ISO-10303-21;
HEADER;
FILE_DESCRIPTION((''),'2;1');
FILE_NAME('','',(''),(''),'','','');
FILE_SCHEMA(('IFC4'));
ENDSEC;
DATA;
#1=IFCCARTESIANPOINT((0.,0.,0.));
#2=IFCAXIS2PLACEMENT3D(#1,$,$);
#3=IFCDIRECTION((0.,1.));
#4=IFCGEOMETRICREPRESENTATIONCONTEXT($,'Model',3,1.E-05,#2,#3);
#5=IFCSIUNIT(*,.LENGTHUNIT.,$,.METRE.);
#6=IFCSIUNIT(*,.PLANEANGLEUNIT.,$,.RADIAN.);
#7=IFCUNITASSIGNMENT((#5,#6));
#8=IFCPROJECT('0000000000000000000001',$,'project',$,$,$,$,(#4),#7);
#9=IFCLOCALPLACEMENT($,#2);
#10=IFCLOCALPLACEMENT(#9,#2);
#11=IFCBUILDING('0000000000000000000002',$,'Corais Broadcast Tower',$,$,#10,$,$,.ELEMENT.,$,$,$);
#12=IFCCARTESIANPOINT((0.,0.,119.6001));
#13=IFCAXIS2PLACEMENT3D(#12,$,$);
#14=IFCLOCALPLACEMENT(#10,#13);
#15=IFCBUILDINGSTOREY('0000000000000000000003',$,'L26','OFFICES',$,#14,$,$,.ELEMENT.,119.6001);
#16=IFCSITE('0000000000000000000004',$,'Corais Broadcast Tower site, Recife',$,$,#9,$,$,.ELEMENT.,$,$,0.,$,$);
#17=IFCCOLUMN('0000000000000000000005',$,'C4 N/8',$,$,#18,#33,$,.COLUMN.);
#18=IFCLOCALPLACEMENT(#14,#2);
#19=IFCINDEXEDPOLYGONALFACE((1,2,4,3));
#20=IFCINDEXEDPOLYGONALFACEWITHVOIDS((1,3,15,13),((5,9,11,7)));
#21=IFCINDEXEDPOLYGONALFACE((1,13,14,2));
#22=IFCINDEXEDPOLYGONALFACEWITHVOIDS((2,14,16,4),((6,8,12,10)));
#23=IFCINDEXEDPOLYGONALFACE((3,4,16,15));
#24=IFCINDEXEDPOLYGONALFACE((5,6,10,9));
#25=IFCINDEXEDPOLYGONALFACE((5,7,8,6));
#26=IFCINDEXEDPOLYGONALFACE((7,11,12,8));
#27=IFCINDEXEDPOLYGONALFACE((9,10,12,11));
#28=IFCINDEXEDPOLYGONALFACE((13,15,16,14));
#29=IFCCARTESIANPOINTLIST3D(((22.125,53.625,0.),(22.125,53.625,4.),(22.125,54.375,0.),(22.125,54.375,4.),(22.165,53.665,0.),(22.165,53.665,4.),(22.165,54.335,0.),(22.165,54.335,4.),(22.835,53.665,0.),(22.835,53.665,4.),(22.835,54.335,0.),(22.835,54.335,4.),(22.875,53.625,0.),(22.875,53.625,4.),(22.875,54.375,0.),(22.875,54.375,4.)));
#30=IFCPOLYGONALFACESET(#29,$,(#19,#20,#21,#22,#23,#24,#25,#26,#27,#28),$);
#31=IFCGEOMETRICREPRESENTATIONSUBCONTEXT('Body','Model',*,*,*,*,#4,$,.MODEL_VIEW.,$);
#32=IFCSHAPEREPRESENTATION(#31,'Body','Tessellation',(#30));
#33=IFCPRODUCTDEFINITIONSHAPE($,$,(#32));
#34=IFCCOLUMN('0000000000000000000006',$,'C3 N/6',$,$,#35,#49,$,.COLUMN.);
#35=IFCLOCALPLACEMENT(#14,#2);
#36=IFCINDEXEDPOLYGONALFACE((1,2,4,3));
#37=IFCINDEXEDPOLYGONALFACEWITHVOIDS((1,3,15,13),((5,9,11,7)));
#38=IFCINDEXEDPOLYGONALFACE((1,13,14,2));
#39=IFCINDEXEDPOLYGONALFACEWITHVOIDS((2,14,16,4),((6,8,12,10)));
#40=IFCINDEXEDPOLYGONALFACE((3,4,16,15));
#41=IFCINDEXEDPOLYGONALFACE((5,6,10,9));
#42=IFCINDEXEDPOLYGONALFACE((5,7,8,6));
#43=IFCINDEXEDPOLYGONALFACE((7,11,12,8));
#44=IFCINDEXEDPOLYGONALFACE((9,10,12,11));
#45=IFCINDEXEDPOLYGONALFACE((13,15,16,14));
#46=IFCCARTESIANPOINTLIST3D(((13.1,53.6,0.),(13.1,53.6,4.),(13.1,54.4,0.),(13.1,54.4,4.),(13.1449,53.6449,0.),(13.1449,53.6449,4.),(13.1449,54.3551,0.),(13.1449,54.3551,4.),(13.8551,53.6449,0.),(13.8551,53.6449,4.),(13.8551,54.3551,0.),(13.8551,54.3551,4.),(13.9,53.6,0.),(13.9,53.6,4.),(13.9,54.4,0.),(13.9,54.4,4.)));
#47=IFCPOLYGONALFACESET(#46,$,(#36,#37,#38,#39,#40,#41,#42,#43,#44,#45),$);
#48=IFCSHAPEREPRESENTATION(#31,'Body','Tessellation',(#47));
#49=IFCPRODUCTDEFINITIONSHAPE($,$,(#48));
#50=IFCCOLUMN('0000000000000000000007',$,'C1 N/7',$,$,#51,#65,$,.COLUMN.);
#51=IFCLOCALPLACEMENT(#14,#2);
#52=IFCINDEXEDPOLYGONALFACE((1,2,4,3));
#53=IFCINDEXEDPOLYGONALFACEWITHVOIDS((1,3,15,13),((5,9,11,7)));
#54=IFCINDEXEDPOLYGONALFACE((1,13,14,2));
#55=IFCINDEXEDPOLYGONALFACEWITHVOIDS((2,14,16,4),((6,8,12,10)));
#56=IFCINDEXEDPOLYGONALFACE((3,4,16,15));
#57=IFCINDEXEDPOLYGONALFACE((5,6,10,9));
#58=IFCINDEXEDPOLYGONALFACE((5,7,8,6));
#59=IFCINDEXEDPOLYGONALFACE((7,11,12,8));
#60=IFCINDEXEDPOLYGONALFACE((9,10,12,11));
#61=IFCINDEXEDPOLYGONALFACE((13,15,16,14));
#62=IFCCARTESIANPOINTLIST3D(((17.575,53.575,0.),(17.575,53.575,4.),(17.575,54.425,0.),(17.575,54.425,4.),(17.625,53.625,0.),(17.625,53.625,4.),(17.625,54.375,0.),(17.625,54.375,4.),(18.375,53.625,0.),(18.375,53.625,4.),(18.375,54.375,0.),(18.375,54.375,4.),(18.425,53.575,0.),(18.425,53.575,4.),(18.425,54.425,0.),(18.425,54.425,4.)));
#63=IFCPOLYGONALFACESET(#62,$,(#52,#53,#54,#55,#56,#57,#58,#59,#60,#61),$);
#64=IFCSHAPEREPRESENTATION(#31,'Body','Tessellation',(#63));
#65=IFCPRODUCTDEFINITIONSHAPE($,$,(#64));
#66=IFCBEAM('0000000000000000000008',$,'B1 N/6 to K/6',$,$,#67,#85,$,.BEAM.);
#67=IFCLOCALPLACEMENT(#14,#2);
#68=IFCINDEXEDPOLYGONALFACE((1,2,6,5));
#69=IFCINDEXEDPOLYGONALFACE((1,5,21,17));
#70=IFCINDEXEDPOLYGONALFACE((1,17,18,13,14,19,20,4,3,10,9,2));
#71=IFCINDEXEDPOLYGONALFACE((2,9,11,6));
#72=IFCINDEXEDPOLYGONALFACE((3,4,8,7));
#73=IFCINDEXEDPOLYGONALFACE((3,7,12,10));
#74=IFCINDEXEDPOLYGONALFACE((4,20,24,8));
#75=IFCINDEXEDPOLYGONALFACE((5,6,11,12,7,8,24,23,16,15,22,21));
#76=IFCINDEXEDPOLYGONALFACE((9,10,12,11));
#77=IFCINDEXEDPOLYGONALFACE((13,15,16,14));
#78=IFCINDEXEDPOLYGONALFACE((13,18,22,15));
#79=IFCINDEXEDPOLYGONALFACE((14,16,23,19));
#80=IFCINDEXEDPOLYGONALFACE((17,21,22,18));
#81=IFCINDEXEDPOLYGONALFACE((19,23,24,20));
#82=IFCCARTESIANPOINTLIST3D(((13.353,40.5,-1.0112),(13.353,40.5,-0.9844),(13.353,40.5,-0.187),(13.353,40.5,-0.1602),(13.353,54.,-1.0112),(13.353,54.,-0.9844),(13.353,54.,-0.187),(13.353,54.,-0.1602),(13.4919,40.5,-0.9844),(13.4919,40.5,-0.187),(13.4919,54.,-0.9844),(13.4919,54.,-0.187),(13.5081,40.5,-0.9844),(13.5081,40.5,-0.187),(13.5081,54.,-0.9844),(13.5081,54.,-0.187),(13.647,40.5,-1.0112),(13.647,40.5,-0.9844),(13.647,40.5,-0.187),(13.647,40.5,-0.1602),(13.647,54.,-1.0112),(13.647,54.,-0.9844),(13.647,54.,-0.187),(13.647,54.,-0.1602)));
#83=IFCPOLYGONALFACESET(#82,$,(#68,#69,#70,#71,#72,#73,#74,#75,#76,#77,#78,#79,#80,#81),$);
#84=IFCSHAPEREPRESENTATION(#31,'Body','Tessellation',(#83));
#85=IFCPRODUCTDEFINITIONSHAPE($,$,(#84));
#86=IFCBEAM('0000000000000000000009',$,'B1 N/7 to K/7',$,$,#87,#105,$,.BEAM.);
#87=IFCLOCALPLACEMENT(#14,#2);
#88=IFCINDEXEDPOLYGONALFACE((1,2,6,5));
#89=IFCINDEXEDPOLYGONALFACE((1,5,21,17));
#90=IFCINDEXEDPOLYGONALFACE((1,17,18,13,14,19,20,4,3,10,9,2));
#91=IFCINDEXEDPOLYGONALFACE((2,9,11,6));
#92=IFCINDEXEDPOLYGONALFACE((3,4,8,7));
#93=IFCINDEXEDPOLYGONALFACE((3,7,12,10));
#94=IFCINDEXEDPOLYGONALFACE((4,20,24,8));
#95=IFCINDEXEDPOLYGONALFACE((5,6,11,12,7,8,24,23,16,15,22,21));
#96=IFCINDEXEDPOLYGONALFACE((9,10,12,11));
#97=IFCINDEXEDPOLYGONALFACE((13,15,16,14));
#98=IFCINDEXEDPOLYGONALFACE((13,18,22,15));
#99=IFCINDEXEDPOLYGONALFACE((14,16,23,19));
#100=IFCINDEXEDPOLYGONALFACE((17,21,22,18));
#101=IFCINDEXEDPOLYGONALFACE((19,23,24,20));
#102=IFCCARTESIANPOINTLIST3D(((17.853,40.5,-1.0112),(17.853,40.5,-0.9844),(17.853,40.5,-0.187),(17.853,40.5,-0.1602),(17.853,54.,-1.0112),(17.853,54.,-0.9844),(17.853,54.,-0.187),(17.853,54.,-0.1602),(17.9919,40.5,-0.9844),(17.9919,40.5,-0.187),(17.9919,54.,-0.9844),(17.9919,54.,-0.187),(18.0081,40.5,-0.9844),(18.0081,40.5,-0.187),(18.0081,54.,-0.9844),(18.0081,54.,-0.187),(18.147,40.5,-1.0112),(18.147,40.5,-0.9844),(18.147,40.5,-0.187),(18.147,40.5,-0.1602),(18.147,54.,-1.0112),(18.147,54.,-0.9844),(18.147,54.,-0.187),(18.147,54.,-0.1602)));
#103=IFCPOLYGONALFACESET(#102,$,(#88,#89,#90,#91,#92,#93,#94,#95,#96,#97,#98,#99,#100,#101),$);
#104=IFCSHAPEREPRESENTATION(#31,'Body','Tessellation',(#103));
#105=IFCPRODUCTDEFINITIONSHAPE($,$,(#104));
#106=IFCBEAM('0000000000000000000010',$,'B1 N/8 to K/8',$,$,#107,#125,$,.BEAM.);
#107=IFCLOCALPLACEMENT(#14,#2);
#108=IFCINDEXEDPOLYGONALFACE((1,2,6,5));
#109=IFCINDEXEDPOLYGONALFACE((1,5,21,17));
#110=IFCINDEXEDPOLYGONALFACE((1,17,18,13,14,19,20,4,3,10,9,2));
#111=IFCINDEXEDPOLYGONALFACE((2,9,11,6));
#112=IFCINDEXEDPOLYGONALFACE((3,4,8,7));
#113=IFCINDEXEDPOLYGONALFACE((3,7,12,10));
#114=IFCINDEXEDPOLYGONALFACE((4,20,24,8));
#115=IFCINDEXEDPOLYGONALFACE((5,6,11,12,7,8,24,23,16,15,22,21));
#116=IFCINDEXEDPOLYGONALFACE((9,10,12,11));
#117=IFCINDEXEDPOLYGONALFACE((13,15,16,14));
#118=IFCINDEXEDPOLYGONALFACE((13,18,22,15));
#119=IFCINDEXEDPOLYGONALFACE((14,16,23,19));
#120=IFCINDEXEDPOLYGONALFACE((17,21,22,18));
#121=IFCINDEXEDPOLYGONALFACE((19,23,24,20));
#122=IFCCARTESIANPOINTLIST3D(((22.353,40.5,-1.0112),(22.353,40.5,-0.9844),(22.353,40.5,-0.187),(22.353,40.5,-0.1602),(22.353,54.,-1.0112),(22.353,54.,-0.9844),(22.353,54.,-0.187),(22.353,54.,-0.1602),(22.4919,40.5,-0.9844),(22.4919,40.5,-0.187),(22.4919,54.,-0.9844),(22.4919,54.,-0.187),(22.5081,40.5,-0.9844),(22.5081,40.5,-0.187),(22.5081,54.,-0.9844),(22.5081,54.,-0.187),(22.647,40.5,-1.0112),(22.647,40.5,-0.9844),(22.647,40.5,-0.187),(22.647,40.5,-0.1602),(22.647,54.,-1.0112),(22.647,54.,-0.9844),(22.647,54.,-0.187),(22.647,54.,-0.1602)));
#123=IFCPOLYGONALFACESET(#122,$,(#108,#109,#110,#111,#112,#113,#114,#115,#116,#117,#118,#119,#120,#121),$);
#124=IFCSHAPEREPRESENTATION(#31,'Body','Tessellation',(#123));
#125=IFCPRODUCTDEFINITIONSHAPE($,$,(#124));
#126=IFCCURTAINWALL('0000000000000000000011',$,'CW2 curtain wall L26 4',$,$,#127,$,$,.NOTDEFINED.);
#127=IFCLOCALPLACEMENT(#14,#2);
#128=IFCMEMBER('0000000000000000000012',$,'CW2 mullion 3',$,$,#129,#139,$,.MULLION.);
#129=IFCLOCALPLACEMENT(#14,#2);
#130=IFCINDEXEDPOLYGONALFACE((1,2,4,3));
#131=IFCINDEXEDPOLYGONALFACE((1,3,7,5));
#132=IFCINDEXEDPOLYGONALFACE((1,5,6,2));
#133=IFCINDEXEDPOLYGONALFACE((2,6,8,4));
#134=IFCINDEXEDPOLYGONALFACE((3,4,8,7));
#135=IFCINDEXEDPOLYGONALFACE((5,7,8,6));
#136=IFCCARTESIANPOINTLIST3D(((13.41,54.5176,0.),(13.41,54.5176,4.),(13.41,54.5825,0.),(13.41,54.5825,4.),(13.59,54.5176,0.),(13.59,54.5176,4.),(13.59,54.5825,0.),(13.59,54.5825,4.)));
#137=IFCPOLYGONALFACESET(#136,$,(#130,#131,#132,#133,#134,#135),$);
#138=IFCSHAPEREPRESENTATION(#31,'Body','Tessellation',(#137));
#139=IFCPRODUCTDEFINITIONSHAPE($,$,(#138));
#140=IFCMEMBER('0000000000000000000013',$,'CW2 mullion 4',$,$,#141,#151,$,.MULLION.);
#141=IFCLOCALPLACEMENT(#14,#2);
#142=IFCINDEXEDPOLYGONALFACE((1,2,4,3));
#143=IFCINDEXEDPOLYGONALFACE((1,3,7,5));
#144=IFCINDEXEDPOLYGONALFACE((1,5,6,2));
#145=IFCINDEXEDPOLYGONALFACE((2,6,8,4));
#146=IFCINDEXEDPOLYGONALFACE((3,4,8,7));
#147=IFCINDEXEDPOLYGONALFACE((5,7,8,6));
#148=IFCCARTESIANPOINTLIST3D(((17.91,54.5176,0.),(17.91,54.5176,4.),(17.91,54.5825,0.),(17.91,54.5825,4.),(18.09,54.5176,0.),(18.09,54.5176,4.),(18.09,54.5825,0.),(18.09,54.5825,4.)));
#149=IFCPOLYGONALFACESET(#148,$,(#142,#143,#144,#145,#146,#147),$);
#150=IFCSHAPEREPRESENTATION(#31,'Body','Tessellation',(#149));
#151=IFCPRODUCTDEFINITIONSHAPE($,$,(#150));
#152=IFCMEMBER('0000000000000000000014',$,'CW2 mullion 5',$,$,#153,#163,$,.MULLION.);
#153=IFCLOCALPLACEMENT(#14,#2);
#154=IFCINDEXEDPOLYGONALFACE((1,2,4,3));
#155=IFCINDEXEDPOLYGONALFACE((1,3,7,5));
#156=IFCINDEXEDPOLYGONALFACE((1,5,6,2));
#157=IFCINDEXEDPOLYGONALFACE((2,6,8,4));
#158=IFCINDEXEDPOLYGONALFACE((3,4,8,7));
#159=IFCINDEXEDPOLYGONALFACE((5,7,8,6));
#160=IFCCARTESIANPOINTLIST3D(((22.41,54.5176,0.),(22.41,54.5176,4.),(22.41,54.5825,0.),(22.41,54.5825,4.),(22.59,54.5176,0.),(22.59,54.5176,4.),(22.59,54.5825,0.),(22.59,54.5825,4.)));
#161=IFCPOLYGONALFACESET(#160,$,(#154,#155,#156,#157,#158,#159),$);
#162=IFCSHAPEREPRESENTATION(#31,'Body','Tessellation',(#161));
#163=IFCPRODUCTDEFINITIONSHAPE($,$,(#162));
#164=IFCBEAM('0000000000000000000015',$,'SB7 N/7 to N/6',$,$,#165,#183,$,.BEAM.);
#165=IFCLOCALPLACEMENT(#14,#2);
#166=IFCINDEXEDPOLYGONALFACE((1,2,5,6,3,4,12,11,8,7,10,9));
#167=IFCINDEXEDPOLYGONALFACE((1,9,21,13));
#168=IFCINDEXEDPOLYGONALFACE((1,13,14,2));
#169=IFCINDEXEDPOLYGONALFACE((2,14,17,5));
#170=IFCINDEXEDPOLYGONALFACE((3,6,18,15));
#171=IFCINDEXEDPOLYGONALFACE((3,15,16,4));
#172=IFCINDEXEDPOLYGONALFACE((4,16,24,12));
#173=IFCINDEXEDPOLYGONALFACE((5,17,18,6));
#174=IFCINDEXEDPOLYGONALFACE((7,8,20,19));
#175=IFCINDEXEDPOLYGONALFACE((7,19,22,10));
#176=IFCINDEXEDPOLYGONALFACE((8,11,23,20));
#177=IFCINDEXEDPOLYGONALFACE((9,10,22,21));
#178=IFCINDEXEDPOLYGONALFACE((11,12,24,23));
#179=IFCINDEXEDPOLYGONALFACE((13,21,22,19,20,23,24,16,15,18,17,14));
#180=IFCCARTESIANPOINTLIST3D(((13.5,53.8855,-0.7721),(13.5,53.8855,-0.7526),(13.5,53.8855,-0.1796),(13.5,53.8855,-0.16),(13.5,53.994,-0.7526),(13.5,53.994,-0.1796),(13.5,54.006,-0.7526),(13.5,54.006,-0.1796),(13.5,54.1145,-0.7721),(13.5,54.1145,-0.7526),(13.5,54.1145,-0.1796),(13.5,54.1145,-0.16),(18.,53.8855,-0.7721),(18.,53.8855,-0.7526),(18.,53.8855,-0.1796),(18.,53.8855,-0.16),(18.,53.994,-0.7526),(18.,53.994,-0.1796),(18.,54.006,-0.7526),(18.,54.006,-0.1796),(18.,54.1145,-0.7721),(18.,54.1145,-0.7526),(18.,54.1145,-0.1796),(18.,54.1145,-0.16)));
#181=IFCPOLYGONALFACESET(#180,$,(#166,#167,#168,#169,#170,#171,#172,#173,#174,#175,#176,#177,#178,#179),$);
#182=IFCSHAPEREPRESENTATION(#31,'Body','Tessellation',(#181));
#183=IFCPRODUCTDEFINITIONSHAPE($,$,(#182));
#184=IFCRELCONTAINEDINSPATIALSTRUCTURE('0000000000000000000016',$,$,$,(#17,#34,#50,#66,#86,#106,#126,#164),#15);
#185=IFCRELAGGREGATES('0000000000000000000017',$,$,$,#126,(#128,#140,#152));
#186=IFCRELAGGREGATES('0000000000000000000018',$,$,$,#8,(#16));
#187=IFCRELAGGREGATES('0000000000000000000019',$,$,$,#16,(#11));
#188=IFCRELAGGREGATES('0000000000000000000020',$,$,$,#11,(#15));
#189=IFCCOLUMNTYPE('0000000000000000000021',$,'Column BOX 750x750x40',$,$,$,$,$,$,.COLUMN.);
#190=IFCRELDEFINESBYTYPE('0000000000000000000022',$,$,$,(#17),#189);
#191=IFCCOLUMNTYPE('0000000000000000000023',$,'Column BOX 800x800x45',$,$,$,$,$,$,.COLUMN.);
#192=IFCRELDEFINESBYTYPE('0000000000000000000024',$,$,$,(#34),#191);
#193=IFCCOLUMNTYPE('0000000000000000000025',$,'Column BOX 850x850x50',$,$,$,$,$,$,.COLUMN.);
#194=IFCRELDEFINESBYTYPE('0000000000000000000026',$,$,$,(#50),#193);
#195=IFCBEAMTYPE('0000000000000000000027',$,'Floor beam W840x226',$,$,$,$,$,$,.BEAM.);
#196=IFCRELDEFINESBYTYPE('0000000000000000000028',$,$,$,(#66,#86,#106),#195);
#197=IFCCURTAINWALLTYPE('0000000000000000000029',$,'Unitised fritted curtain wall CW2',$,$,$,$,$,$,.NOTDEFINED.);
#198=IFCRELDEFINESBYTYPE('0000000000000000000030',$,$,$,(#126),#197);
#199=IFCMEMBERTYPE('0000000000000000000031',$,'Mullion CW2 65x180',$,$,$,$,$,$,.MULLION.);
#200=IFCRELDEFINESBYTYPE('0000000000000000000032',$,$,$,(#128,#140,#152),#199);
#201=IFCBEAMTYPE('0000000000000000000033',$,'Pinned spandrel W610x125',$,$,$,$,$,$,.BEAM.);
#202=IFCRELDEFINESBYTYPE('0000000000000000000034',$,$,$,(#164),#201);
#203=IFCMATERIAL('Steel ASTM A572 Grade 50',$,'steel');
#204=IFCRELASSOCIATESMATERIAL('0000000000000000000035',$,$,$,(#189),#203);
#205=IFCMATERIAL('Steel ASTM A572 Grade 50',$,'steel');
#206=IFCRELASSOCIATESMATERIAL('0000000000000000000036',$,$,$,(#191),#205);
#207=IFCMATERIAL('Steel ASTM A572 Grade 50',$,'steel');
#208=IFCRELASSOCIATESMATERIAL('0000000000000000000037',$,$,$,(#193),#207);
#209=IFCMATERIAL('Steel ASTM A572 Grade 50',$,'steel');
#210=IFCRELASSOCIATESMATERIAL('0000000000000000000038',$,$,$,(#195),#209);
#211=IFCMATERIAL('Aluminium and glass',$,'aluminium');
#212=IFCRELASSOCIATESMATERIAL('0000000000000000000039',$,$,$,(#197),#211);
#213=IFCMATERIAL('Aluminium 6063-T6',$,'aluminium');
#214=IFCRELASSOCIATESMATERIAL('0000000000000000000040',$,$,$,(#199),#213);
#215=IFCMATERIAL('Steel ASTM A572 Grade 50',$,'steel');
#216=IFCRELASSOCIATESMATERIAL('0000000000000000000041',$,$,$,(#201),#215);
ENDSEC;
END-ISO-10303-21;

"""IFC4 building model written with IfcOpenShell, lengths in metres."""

from ifc_helpers import new_model, si_unit, direction, frame, origin, origin_2d, place, context, subcontext, project, spatial, rectangle, hollow_rectangle, i_section, extrude, material, material_profile, profile_set, type_object, element, aggregate, save


model = new_model("IFC4")

# Units and contexts
model_context = context("Model", 3, precision=1e-05, world=origin(), true_north=direction((0.0, 1.0)))
body_context = subcontext(model_context, "Body", "Model", "MODEL_VIEW")
ifc_project = project(units=[si_unit("LENGTHUNIT", "METRE"), si_unit("PLANEANGLEUNIT", "RADIAN")], contexts=[model_context])

# Site, building, storey
site_placement = place(None, origin())
site = spatial("IfcSite", under=ifc_project, at=site_placement, Name="Corais Broadcast Tower site, Recife", CompositionType="ELEMENT", RefElevation=0.0)
building_placement = place(site_placement, origin())
building = spatial("IfcBuilding", under=site, at=building_placement, Name="Corais Broadcast Tower", CompositionType="ELEMENT")
storey_placement = place(building_placement, frame((0.0, 0.0, 119.6001)))
storey = spatial("IfcBuildingStorey", under=building, at=storey_placement, Name="L26", Description="OFFICES", CompositionType="ELEMENT", Elevation=119.6001)

# Columns
ifc_material_1 = material(Name="Steel ASTM A572 Grade 50", Category="steel")
ifc_material_profile_1 = material_profile(ifc_material_1, hollow_rectangle(XDim=0.75, YDim=0.75, WallThickness=0.04, at=origin_2d()), Name="BOX 750x750x40")
ifc_profile_set_1 = profile_set([ifc_material_profile_1], Name="Steel ASTM A572 Grade 50")
column_type_1 = type_object("IfcColumnType", Name="Column BOX 750x750x40", PredefinedType="COLUMN", material=ifc_profile_set_1)
column_1_placement = place(storey_placement, frame((22.5, 54.0, 0.0), z_axis=(0.0, 0.0, 1.0), x_axis=(1.0, 0.0, 0.0)))
element("IfcColumn", 1, at=column_1_placement, inside=storey, type_object=column_type_1, Name="C4 N/8", PredefinedType="COLUMN", context=body_context, shape_type="SweptSolid", body=[
    extrude(hollow_rectangle(XDim=0.75, YDim=0.75, WallThickness=0.04, at=origin_2d()), origin(), (0.0, 0.0, 1.0), 4.0),
])
ifc_material_2 = material(Name="Steel ASTM A572 Grade 50", Category="steel")
ifc_material_profile_2 = material_profile(ifc_material_2, hollow_rectangle(XDim=0.8, YDim=0.8, WallThickness=0.0449, at=origin_2d()), Name="BOX 800x800x45")
ifc_profile_set_2 = profile_set([ifc_material_profile_2], Name="Steel ASTM A572 Grade 50")
column_type_2 = type_object("IfcColumnType", Name="Column BOX 800x800x45", PredefinedType="COLUMN", material=ifc_profile_set_2)
column_2_placement = place(storey_placement, frame((13.5, 54.0, 0.0), z_axis=(0.0, 0.0, 1.0), x_axis=(1.0, 0.0, 0.0)))
element("IfcColumn", 2, at=column_2_placement, inside=storey, type_object=column_type_2, Name="C3 N/6", PredefinedType="COLUMN", context=body_context, shape_type="SweptSolid", body=[
    extrude(hollow_rectangle(XDim=0.8, YDim=0.8, WallThickness=0.0449, at=origin_2d()), origin(), (0.0, 0.0, 1.0), 4.0),
])
ifc_material_3 = material(Name="Steel ASTM A572 Grade 50", Category="steel")
ifc_material_profile_3 = material_profile(ifc_material_3, hollow_rectangle(XDim=0.8501, YDim=0.8501, WallThickness=0.05, at=origin_2d()), Name="BOX 850x850x50")
ifc_profile_set_3 = profile_set([ifc_material_profile_3], Name="Steel ASTM A572 Grade 50")
column_type_3 = type_object("IfcColumnType", Name="Column BOX 850x850x50", PredefinedType="COLUMN", material=ifc_profile_set_3)
column_3_placement = place(storey_placement, frame((18.0, 54.0, 0.0), z_axis=(0.0, 0.0, 1.0), x_axis=(1.0, 0.0, 0.0)))
element("IfcColumn", 3, at=column_3_placement, inside=storey, type_object=column_type_3, Name="C1 N/7", PredefinedType="COLUMN", context=body_context, shape_type="SweptSolid", body=[
    extrude(hollow_rectangle(XDim=0.8501, YDim=0.8501, WallThickness=0.05, at=origin_2d()), origin(), (0.0, 0.0, 1.0), 4.0),
])

# Beams
ifc_material_4 = material(Name="Steel ASTM A572 Grade 50", Category="steel")
ifc_material_profile_4 = material_profile(ifc_material_4, i_section(OverallWidth=0.2939, OverallDepth=0.8511, WebThickness=0.0161, FlangeThickness=0.0269, at=origin_2d()), Name="W840x226")
ifc_profile_set_4 = profile_set([ifc_material_profile_4], Name="Steel ASTM A572 Grade 50")
beam_type_1 = type_object("IfcBeamType", Name="Floor beam W840x226", PredefinedType="BEAM", material=ifc_profile_set_4)
for number, where, z_axis, x_axis, name in (
    (4, (13.5, 54.0, -0.5857), (0.0, -1.0, 0.0), (1.0, 0.0, 0.0), "B1 N/6 to K/6"),
    (5, (18.0, 54.0, -0.5857), (0.0, -1.0, 0.0), (1.0, 0.0, 0.0), "B1 N/7 to K/7"),
    (6, (22.5, 54.0, -0.5857), (0.0, -1.0, 0.0), (1.0, 0.0, 0.0), "B1 N/8 to K/8"),
):
    element("IfcBeam", number, at=place(storey_placement, frame(where, z_axis=z_axis, x_axis=x_axis)), inside=storey, type_object=beam_type_1, Name=name, PredefinedType="BEAM", context=body_context, shape_type="SweptSolid", body=[
        extrude(i_section(OverallWidth=0.2939, OverallDepth=0.8511, WebThickness=0.0161, FlangeThickness=0.0269, at=origin_2d()), origin(), (0.0, 0.0, 1.0), 13.5),
    ])

# Curtain wall, members
ifc_material_5 = material(Name="Aluminium and glass", Category="aluminium")
curtain_wall_type = type_object("IfcCurtainWallType", Name="Unitised fritted curtain wall CW2", PredefinedType="NOTDEFINED", material=ifc_material_5)
curtain_wall_placement = place(storey_placement, origin())
curtain_wall = element("IfcCurtainWall", 7, at=curtain_wall_placement, inside=storey, type_object=curtain_wall_type, Name="CW2 curtain wall L26 4", PredefinedType="NOTDEFINED")
ifc_material_6 = material(Name="Aluminium 6063-T6", Category="aluminium")
ifc_material_profile_5 = material_profile(ifc_material_6, rectangle(XDim=0.0649, YDim=0.1799, at=origin_2d()), Name="Mullion CW2 65x180")
ifc_profile_set_5 = profile_set([ifc_material_profile_5], Name="Aluminium 6063-T6")
member_type_1 = type_object("IfcMemberType", Name="Mullion CW2 65x180", PredefinedType="MULLION", material=ifc_profile_set_5)
member_1_placement = place(storey_placement, frame((13.5, 54.55, 0.0), z_axis=(0.0, 0.0, 1.0), x_axis=(0.0, 1.0, 0.0)))
member_1 = element("IfcMember", 8, at=member_1_placement, type_object=member_type_1, Name="CW2 mullion 3", PredefinedType="MULLION", context=body_context, shape_type="SweptSolid", body=[
    extrude(rectangle(XDim=0.0649, YDim=0.1799, at=origin_2d()), origin(), (0.0, 0.0, 1.0), 4.0),
])
member_2_placement = place(storey_placement, frame((18.0, 54.55, 0.0), z_axis=(0.0, 0.0, 1.0), x_axis=(0.0, 1.0, 0.0)))
member_2 = element("IfcMember", 9, at=member_2_placement, type_object=member_type_1, Name="CW2 mullion 4", PredefinedType="MULLION", context=body_context, shape_type="SweptSolid", body=[
    extrude(rectangle(XDim=0.0649, YDim=0.1799, at=origin_2d()), origin(), (0.0, 0.0, 1.0), 4.0),
])
member_3_placement = place(storey_placement, frame((22.5, 54.55, 0.0), z_axis=(0.0, 0.0, 1.0), x_axis=(0.0, 1.0, 0.0)))
member_3 = element("IfcMember", 10, at=member_3_placement, type_object=member_type_1, Name="CW2 mullion 5", PredefinedType="MULLION", context=body_context, shape_type="SweptSolid", body=[
    extrude(rectangle(XDim=0.0649, YDim=0.1799, at=origin_2d()), origin(), (0.0, 0.0, 1.0), 4.0),
])

# Beam
ifc_material_7 = material(Name="Steel ASTM A572 Grade 50", Category="steel")
ifc_material_profile_6 = material_profile(ifc_material_7, i_section(OverallWidth=0.229, OverallDepth=0.6121, WebThickness=0.012, FlangeThickness=0.0195, at=origin_2d()), Name="W610x125")
ifc_profile_set_6 = profile_set([ifc_material_profile_6], Name="Steel ASTM A572 Grade 50")
beam_type_2 = type_object("IfcBeamType", Name="Pinned spandrel W610x125", PredefinedType="BEAM", material=ifc_profile_set_6)
beam_placement = place(storey_placement, frame((18.0, 54.0, -0.4661), z_axis=(-1.0, 0.0, 0.0), x_axis=(0.0, -1.0, 0.0)))
element("IfcBeam", 11, at=beam_placement, inside=storey, type_object=beam_type_2, Name="SB7 N/7 to N/6", PredefinedType="BEAM", context=body_context, shape_type="SweptSolid", body=[
    extrude(i_section(OverallWidth=0.229, OverallDepth=0.6121, WebThickness=0.012, FlangeThickness=0.0195, at=origin_2d()), origin(), (0.0, 0.0, 1.0), 4.5),
])

aggregate(curtain_wall, [member_1, member_2, member_3])

save(model, "model.ifc")
